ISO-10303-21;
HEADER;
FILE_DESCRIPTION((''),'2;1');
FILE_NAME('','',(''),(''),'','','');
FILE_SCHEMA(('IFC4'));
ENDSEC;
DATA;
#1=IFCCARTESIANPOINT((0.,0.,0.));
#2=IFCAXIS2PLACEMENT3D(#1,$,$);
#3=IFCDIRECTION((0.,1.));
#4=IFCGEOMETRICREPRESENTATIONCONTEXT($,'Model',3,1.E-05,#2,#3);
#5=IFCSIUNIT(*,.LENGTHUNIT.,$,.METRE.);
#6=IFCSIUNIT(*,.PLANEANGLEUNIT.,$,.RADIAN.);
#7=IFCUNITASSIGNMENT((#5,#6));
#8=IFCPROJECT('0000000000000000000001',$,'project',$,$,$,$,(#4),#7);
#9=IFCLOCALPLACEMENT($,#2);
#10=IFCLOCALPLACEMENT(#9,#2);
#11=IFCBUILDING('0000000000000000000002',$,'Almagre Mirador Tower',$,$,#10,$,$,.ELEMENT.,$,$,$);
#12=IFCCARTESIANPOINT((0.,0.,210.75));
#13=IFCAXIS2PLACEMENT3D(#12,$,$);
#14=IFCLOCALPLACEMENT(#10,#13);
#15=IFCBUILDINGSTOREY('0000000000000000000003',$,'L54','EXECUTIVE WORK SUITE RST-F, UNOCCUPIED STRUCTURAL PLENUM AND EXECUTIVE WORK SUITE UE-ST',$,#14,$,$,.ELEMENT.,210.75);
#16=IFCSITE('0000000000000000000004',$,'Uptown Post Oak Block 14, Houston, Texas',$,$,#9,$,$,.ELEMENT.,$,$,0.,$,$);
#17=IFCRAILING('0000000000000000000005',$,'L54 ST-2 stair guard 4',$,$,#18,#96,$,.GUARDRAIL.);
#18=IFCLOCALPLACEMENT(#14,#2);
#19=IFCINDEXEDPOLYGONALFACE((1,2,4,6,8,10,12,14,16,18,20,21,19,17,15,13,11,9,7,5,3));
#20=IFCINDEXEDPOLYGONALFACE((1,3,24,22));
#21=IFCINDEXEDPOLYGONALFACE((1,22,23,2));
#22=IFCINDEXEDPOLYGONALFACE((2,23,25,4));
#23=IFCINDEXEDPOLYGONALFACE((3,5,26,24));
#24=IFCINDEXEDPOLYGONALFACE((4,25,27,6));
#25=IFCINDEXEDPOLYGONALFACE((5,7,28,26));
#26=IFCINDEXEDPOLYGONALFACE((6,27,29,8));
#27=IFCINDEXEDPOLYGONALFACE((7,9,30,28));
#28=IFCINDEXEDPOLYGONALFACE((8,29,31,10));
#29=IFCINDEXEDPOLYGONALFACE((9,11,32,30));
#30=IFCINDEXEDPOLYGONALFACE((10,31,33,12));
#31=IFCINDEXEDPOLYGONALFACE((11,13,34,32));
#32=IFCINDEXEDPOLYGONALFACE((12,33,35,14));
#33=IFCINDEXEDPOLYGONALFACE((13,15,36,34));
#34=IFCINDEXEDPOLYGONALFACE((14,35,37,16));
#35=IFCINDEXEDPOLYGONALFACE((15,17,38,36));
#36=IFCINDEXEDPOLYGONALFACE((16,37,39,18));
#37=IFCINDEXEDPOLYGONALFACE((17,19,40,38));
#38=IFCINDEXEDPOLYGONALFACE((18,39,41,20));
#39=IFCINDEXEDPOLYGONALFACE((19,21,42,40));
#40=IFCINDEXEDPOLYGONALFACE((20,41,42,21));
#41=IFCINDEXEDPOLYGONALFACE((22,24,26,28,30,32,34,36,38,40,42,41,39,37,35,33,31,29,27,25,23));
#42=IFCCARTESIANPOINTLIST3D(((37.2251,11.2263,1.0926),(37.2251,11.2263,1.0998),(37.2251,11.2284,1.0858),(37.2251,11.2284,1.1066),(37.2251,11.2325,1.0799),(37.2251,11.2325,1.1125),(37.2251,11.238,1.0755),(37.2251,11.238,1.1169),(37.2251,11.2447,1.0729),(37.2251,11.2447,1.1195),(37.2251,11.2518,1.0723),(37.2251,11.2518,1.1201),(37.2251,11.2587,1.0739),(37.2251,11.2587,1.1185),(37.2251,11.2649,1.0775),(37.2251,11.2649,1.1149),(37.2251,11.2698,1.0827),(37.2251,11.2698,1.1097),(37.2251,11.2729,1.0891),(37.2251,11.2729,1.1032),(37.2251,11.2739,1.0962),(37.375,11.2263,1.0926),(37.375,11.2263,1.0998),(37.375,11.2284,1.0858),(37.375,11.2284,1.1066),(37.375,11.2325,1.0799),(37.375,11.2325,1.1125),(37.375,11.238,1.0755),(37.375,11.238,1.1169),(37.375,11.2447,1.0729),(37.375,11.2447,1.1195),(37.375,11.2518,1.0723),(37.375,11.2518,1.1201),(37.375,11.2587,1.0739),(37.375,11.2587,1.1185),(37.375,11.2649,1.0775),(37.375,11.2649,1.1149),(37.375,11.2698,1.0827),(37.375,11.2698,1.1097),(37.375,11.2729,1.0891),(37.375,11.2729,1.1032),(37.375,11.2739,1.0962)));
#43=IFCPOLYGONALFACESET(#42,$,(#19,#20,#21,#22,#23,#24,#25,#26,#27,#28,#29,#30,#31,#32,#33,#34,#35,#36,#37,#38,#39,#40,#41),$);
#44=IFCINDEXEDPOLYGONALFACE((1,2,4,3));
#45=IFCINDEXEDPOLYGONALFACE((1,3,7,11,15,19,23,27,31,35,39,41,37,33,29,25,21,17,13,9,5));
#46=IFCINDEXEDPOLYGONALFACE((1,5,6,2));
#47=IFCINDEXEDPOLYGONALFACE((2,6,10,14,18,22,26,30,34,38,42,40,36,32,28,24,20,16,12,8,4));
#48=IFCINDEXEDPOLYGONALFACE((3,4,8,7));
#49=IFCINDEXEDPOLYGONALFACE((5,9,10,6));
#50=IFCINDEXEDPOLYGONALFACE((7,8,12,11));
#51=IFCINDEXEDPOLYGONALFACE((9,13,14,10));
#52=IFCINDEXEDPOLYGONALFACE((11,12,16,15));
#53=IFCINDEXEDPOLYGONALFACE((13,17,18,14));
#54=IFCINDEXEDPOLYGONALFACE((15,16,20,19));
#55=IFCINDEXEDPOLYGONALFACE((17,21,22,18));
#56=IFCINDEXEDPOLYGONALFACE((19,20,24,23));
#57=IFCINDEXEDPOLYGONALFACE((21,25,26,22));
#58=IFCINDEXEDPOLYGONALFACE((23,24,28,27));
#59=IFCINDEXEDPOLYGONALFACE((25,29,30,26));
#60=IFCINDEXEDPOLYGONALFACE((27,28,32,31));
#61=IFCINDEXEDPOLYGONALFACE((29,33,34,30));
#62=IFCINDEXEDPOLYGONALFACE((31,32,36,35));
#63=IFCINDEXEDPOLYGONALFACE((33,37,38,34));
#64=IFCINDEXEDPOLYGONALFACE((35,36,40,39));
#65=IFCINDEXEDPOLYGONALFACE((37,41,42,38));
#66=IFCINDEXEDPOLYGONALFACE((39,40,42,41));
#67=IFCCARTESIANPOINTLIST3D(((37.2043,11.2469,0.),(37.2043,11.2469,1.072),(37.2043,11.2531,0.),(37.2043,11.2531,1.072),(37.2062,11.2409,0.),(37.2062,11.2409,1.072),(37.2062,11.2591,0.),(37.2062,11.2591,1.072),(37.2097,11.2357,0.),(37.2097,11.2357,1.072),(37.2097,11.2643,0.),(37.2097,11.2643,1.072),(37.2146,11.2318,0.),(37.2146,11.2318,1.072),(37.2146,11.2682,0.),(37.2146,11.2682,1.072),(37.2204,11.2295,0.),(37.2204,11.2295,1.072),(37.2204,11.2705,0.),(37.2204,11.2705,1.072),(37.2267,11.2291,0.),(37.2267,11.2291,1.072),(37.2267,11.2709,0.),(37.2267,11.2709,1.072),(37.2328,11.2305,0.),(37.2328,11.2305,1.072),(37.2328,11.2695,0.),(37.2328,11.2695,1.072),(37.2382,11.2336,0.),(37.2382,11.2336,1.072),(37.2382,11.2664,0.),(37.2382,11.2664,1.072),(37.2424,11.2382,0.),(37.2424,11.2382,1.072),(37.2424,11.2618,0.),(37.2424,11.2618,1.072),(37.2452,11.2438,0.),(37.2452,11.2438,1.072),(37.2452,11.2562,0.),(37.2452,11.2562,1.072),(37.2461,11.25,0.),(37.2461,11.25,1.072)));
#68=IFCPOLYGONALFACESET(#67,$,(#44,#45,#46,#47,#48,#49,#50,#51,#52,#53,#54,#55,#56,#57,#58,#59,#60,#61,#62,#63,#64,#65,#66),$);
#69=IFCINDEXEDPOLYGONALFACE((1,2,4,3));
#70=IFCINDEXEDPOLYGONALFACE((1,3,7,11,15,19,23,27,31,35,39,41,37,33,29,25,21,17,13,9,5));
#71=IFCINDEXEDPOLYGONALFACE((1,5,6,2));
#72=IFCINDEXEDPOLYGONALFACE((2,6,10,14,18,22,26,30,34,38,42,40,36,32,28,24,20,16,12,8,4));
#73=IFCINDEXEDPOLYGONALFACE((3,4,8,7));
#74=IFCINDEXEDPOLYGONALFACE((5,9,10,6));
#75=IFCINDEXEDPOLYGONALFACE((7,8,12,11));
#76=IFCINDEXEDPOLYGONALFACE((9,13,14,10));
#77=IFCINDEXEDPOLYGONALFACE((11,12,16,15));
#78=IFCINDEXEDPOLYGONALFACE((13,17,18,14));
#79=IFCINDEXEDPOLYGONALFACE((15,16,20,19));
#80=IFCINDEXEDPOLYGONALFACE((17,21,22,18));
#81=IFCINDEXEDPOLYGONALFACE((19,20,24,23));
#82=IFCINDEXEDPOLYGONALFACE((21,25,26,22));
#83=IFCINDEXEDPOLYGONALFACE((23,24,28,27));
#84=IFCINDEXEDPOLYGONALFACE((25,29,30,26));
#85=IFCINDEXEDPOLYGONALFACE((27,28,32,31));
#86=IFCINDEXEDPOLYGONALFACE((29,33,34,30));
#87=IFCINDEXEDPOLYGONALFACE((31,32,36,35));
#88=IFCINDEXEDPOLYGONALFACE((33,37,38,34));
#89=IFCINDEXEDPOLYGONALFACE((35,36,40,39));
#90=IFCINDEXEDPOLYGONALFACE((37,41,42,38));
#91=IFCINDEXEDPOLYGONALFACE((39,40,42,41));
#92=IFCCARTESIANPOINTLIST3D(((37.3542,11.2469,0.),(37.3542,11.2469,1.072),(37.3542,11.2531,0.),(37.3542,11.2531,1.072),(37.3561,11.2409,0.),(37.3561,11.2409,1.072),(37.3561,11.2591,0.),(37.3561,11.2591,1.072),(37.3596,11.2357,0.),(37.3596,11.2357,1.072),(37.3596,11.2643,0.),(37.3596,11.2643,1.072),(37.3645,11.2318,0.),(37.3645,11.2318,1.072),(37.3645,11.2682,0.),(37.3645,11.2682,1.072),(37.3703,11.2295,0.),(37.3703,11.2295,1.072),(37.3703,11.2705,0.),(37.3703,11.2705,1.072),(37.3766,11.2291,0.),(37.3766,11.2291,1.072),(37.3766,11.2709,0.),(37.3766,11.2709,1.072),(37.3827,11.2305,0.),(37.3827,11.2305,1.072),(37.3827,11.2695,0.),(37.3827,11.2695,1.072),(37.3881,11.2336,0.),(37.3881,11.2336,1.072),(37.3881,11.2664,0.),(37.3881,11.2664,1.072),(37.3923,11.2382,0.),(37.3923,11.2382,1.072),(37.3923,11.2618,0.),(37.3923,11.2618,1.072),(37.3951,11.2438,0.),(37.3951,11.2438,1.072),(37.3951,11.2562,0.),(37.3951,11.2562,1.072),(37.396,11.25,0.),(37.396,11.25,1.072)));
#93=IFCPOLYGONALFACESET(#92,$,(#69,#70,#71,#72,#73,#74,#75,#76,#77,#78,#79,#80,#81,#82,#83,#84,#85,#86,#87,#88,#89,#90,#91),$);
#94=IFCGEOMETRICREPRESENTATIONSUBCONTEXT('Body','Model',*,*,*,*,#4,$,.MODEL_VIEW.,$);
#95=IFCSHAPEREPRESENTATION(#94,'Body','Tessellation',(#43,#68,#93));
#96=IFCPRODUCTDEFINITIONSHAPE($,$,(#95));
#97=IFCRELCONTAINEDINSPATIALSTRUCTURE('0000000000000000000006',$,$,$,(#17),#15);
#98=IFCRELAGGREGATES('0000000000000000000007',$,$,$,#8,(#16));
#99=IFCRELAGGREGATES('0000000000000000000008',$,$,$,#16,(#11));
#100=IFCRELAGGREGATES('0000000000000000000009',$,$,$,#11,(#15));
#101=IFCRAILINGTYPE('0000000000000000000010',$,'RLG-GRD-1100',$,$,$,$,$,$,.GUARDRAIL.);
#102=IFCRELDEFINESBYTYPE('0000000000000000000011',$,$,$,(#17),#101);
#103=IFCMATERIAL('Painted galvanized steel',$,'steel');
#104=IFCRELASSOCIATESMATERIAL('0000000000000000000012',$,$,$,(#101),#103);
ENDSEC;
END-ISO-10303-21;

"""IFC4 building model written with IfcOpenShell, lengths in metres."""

from ifc_helpers import new_model, si_unit, direction, frame, origin, origin_2d, place, context, subcontext, project, spatial, circle, extrude, material, type_object, element, save


model = new_model("IFC4")

# Units and contexts
model_context = context("Model", 3, precision=1e-05, world=origin(), true_north=direction((0.0, 1.0)))
body_context = subcontext(model_context, "Body", "Model", "MODEL_VIEW")
ifc_project = project(units=[si_unit("LENGTHUNIT", "METRE"), si_unit("PLANEANGLEUNIT", "RADIAN")], contexts=[model_context])

# Site, building, storey
site_placement = place(None, origin())
site = spatial("IfcSite", under=ifc_project, at=site_placement, Name="Uptown Post Oak Block 14, Houston, Texas", CompositionType="ELEMENT", RefElevation=0.0)
building_placement = place(site_placement, origin())
building = spatial("IfcBuilding", under=site, at=building_placement, Name="Almagre Mirador Tower", CompositionType="ELEMENT")
storey_placement = place(building_placement, frame((0.0, 0.0, 210.75)))
storey = spatial("IfcBuildingStorey", under=building, at=storey_placement, Name="L54", Description="EXECUTIVE WORK SUITE RST-F, UNOCCUPIED STRUCTURAL PLENUM AND EXECUTIVE WORK SUITE UE-ST", CompositionType="ELEMENT", Elevation=210.75)

# Railing
ifc_material_1 = material(Name="Painted galvanized steel", Category="steel")
railing_type_1 = type_object("IfcRailingType", Name="RLG-GRD-1100", PredefinedType="GUARDRAIL", material=ifc_material_1)
railing_1_placement = place(storey_placement, frame((37.2251, 11.25, 0.0)))
element("IfcRailing", 1, at=railing_1_placement, inside=storey, type_object=railing_type_1, Name="L54 ST-2 stair guard 4", PredefinedType="GUARDRAIL", context=body_context, shape_type="SweptSolid", body=[
    extrude(circle(Radius=0.0239, at=origin_2d()), frame((0.0, 0.0, 1.0962), z_axis=(1.0, 0.0, 0.0), x_axis=(0.0, 1.0, 0.0)), (0.0, 0.0, 1.0), 0.1499),
    extrude(circle(Radius=0.021, at=origin_2d()), origin(), (0.0, 0.0, 1.0), 1.072),
    extrude(circle(Radius=0.021, at=origin_2d()), frame((0.1499, 0.0, 0.0)), (0.0, 0.0, 1.0), 1.072),
])

save(model, "model.ifc")
